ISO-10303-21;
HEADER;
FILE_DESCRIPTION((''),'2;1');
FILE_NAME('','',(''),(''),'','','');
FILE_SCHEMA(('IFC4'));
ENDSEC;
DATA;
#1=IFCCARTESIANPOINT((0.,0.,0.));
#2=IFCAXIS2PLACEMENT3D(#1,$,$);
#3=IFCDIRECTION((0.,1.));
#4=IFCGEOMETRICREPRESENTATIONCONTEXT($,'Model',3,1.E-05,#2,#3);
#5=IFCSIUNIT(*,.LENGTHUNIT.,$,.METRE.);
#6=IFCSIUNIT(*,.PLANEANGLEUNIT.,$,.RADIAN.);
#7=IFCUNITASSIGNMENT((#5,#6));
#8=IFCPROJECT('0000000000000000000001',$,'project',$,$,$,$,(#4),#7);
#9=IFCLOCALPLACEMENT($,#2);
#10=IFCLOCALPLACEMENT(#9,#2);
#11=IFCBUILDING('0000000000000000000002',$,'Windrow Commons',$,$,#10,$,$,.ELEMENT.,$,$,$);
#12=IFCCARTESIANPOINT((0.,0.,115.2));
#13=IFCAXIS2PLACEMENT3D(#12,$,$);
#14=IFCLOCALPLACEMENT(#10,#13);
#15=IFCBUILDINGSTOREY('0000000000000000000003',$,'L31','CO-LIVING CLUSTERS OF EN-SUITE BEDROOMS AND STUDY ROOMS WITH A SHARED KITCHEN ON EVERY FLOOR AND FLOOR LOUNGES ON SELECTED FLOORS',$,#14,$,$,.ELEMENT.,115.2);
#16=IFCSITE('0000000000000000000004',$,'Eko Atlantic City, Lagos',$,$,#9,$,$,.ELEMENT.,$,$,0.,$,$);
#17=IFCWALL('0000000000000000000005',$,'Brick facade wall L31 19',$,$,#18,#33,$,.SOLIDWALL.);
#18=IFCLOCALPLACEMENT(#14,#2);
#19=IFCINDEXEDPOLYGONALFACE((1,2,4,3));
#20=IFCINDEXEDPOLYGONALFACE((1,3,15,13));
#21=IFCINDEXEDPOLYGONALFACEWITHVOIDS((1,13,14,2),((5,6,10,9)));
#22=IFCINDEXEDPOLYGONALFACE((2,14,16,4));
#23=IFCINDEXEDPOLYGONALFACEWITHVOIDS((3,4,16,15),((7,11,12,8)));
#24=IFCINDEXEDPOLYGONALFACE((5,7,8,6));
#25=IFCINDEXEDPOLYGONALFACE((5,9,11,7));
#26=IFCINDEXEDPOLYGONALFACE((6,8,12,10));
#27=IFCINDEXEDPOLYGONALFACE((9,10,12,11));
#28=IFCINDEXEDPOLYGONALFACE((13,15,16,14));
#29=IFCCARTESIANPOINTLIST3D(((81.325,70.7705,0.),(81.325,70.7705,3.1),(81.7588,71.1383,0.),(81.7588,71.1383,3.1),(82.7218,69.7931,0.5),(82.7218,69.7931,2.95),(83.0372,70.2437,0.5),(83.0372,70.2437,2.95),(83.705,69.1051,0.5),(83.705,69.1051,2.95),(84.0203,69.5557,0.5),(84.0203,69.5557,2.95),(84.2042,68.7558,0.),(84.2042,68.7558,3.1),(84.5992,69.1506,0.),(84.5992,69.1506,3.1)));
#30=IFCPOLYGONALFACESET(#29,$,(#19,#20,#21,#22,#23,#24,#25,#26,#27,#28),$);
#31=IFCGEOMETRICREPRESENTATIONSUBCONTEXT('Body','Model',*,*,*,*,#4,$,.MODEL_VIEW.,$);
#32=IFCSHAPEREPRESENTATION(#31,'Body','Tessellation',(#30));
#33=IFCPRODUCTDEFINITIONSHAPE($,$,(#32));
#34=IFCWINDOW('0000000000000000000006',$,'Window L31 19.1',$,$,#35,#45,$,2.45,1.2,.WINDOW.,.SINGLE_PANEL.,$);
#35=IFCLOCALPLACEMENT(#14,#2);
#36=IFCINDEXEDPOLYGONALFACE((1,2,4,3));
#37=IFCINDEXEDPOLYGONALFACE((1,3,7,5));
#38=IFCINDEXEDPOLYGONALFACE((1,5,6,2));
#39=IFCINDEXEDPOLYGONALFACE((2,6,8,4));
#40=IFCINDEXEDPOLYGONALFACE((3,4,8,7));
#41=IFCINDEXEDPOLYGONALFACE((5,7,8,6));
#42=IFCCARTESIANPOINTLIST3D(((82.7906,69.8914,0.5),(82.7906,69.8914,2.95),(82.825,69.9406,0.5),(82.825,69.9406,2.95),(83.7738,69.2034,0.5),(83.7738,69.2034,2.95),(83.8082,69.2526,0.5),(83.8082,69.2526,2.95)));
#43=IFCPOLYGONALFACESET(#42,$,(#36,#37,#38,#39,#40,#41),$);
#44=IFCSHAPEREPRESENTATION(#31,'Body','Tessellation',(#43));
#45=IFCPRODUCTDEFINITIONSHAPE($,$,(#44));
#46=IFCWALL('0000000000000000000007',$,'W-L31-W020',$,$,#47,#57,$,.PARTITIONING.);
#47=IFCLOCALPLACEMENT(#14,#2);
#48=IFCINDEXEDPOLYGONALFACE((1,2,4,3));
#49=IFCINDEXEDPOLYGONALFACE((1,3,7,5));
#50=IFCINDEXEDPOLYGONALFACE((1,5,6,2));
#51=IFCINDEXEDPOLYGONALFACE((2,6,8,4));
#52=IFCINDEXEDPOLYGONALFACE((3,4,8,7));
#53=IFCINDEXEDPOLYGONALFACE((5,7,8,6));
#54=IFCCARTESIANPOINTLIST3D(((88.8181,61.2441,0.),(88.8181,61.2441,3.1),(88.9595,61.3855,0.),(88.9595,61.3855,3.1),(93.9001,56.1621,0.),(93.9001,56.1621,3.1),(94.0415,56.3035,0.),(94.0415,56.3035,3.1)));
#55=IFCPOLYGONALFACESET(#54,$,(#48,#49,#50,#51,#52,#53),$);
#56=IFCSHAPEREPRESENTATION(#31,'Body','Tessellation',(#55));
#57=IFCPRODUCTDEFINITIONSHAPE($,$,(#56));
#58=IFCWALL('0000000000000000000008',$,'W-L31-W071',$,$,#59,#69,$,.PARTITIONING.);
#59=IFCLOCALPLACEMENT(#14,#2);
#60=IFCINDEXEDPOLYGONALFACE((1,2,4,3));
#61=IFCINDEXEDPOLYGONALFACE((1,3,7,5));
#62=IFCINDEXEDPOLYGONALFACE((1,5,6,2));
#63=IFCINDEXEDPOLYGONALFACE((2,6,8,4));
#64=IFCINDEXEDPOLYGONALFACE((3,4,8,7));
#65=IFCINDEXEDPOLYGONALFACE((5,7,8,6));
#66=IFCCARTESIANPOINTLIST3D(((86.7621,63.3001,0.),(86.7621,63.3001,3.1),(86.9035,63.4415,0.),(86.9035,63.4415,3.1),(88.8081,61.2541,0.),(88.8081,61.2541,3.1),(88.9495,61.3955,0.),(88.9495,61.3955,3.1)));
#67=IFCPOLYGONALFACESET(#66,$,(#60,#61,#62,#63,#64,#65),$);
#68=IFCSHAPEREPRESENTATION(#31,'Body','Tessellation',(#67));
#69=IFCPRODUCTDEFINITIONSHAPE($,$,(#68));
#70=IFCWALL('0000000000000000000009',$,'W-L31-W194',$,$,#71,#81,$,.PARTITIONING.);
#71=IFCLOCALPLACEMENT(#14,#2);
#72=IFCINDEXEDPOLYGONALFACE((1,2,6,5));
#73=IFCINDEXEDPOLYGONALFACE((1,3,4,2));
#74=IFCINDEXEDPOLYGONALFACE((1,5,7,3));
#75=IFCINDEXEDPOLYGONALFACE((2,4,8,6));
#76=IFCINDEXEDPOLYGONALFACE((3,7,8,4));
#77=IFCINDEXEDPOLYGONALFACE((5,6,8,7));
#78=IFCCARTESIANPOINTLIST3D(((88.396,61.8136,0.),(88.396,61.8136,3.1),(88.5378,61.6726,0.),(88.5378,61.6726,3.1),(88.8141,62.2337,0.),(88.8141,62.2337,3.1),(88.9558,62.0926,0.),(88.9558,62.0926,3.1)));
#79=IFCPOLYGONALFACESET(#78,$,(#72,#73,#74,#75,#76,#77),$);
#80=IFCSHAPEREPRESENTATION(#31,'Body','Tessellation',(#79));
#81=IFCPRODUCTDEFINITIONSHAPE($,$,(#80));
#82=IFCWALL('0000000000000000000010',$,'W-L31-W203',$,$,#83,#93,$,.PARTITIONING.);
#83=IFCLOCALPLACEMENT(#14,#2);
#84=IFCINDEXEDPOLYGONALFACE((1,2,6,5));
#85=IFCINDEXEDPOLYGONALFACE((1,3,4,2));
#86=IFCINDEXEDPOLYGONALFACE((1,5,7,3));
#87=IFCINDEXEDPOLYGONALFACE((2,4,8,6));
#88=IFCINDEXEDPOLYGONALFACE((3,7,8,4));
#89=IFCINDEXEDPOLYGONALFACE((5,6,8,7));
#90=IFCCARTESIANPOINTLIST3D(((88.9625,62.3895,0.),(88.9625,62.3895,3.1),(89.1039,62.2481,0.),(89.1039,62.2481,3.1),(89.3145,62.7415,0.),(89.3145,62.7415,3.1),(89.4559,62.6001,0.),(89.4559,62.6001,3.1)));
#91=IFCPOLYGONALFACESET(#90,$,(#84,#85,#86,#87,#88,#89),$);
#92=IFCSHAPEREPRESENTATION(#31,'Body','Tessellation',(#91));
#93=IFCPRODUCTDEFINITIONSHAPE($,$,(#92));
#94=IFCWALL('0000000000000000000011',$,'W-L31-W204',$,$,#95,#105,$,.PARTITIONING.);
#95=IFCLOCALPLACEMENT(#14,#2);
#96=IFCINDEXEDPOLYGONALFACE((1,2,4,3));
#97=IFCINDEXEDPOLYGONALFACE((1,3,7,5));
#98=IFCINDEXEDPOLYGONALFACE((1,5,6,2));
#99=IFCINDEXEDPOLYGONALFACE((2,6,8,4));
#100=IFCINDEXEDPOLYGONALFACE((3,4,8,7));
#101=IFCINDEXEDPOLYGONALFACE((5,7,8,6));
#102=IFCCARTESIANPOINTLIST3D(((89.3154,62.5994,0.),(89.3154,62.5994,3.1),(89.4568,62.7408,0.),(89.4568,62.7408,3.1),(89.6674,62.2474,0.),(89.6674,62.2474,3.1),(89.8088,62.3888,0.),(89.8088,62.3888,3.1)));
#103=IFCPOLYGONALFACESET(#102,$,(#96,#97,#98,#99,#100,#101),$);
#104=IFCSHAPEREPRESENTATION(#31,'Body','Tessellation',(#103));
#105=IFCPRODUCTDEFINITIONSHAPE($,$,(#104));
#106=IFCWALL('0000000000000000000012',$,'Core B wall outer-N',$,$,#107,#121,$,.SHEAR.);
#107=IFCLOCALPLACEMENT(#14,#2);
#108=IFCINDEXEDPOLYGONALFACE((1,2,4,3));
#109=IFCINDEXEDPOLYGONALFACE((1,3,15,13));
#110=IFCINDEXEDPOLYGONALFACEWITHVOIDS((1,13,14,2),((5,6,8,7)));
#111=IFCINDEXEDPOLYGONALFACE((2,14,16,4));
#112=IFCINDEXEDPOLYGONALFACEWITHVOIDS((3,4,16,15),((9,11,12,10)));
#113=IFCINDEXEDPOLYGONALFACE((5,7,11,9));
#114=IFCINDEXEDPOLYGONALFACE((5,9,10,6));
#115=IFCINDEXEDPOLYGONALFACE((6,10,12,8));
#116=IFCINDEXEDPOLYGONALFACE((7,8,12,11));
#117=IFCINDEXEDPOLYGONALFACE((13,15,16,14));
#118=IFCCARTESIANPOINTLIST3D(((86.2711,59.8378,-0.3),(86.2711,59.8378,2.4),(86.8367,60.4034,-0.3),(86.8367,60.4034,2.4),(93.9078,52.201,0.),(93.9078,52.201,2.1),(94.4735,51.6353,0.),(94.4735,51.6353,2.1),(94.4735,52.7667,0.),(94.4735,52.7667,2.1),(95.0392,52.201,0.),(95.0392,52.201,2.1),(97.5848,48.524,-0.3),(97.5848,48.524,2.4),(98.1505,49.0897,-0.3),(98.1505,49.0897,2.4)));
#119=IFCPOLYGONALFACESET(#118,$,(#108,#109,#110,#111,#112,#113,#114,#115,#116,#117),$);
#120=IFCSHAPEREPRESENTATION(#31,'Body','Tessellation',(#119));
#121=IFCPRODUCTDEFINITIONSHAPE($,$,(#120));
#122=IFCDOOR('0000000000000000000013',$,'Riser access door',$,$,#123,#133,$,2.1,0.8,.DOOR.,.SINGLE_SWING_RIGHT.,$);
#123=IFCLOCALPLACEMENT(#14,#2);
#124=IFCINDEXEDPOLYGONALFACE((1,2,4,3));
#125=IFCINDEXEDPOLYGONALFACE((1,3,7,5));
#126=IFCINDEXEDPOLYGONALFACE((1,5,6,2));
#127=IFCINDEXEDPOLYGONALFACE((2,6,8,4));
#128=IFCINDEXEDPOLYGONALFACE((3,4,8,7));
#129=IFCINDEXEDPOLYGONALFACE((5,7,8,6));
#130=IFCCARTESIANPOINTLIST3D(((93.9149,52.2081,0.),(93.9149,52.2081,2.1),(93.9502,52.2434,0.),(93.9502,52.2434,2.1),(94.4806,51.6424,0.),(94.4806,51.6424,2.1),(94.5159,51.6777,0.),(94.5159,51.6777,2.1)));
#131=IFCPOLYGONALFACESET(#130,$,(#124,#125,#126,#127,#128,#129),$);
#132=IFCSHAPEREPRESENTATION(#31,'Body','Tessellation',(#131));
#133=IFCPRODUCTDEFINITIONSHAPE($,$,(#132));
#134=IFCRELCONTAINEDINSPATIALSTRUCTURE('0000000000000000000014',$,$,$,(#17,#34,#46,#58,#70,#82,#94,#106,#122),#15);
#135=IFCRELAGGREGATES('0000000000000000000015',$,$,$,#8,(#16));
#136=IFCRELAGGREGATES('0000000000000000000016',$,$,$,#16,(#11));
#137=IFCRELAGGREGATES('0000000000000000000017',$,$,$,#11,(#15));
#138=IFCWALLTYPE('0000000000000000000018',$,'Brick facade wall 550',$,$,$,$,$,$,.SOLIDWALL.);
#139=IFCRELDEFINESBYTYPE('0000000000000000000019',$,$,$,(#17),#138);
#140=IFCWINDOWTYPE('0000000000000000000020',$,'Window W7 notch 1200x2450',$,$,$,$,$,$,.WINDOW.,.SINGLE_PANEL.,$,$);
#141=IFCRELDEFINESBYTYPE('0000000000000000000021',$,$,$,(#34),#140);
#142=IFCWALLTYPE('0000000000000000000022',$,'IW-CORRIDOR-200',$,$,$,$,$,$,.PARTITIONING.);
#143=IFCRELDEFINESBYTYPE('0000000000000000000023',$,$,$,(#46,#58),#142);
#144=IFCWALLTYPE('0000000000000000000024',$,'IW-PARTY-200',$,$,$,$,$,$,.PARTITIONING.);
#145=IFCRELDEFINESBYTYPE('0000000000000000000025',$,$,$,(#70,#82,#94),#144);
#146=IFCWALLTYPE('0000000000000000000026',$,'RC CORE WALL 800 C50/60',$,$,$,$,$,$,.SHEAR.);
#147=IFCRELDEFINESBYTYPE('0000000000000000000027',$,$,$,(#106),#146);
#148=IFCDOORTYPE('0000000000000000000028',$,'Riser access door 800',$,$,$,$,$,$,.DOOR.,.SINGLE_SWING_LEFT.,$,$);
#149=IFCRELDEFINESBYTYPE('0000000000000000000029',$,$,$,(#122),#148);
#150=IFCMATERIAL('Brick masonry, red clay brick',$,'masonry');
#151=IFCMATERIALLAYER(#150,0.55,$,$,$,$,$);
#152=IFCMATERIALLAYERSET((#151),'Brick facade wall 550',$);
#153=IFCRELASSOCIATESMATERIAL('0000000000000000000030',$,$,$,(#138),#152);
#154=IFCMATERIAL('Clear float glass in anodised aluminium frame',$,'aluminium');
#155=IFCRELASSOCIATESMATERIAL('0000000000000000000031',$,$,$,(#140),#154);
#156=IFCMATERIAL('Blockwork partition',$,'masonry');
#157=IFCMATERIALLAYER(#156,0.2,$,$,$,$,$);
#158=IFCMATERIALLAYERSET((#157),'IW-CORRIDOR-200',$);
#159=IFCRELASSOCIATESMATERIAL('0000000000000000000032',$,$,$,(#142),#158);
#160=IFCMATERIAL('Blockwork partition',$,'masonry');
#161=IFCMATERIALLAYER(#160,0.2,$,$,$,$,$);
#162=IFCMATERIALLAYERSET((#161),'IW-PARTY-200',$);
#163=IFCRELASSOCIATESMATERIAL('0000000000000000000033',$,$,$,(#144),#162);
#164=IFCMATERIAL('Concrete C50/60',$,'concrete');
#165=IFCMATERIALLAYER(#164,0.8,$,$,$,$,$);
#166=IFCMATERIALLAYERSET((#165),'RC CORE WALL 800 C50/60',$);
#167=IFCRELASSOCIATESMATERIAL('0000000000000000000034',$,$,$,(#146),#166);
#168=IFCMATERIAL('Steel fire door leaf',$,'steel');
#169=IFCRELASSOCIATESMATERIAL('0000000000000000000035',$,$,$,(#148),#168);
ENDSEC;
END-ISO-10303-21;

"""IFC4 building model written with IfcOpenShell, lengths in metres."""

from ifc_helpers import new_model, si_unit, direction, frame, frame_2d, origin, place, context, subcontext, project, spatial, polyline, rectangle, outline, extrude, material, layer, layer_set, type_object, element, fill, save


model = new_model("IFC4")

# Units and contexts
model_context = context("Model", 3, precision=1e-05, world=origin(), true_north=direction((0.0, 1.0)))
body_context = subcontext(model_context, "Body", "Model", "MODEL_VIEW")
ifc_project = project(units=[si_unit("LENGTHUNIT", "METRE"), si_unit("PLANEANGLEUNIT", "RADIAN")], contexts=[model_context])

# Site, building, storey
site_placement = place(None, origin())
site = spatial("IfcSite", under=ifc_project, at=site_placement, Name="Eko Atlantic City, Lagos", CompositionType="ELEMENT", RefElevation=0.0)
building_placement = place(site_placement, origin())
building = spatial("IfcBuilding", under=site, at=building_placement, Name="Windrow Commons", CompositionType="ELEMENT")
storey_placement = place(building_placement, frame((0.0, 0.0, 115.2)))
storey = spatial("IfcBuildingStorey", under=building, at=storey_placement, Name="L31", Description="CO-LIVING CLUSTERS OF EN-SUITE BEDROOMS AND STUDY ROOMS WITH A SHARED KITCHEN ON EVERY FLOOR AND FLOOR LOUNGES ON SELECTED FLOORS", CompositionType="ELEMENT", Elevation=115.2)

# Shared definitions
ifc_material_1 = material(Name="Brick masonry, red clay brick", Category="masonry")
ifc_layer_1 = layer(ifc_material_1, 0.55)
ifc_layer_set_1 = layer_set([ifc_layer_1], Name="Brick facade wall 550")
wall_type_1 = type_object("IfcWallType", Name="Brick facade wall 550", PredefinedType="SOLIDWALL", material=ifc_layer_set_1)
ifc_material_2 = material(Name="Clear float glass in anodised aluminium frame", Category="aluminium")
window_type_1 = type_object("IfcWindowType", Name="Window W7 notch 1200x2450", PartitioningType="SINGLE_PANEL", PredefinedType="WINDOW", material=ifc_material_2)

# Wall, opening, window
wall_1_placement = place(storey_placement, frame((84.4017, 68.9532, 0.0), z_axis=(0.0, 0.0, 1.0), x_axis=(-0.819321, 0.573335, 0.0)))
wall_1 = element("IfcWall", 1, at=wall_1_placement, inside=storey, type_object=wall_type_1, Name="Brick facade wall L31 19", PredefinedType="SOLIDWALL", context=body_context, shape_type="SweptSolid", body=[
    extrude(outline(polyline([(-0.0486, -0.275), (3.4182, -0.275), (3.5627, 0.275), (0.0486, 0.275), (-0.0486, -0.275)])), origin(), (0.0, 0.0, 1.0), 3.1),
])
opening_1_placement = place(wall_1_placement, frame((0.6579, 0.0, 0.5)))
opening_1 = element("IfcOpeningElement", 2, at=opening_1_placement, cuts=wall_1, PredefinedType="OPENING", context=body_context, shape_type="SweptSolid", body=[
    extrude(rectangle(XDim=1.2, YDim=2.45, at=frame_2d((0.6, 1.225))), frame((0.0, 0.285, 0.0), z_axis=(0.0, -1.0, 0.0), x_axis=(1.0, 0.0, 0.0)), (0.0, 0.0, 1.0), 0.57),
])
window_1_placement = place(opening_1_placement, origin())
window_1 = element("IfcWindow", 3, at=window_1_placement, inside=storey, type_object=window_type_1, Name="Window L31 19.1", OverallHeight=2.45, OverallWidth=1.2, PartitioningType="SINGLE_PANEL", PredefinedType="WINDOW", context=body_context, shape_type="SweptSolid", body=[
    extrude(rectangle(XDim=1.2, YDim=2.45, at=frame_2d((0.6, 1.225))), frame((0.0, 0.155, 0.0), z_axis=(0.0, -1.0, 0.0), x_axis=(1.0, 0.0, 0.0)), (0.0, 0.0, 1.0), 0.06),
])
fill(opening_1, window_1)

# Walls
ifc_material_3 = material(Name="Blockwork partition", Category="masonry")
ifc_layer_2 = layer(ifc_material_3, 0.2)
ifc_layer_set_2 = layer_set([ifc_layer_2], Name="IW-CORRIDOR-200")
wall_type_2 = type_object("IfcWallType", Name="IW-CORRIDOR-200", PredefinedType="PARTITIONING", material=ifc_layer_set_2)
wall_2_placement = place(storey_placement, frame((88.8888, 61.3148, 0.0), z_axis=(0.0, 0.0, 1.0), x_axis=(0.707107, -0.707107, 0.0)))
element("IfcWall", 4, at=wall_2_placement, inside=storey, type_object=wall_type_2, Name="W-L31-W020", PredefinedType="PARTITIONING", context=body_context, shape_type="SweptSolid", body=[
    extrude(rectangle(XDim=7.187, YDim=0.2, at=frame_2d((3.5935, 0.0))), origin(), (0.0, 0.0, 1.0), 3.1),
])
wall_3_placement = place(storey_placement, frame((86.8328, 63.3708, 0.0), z_axis=(0.0, 0.0, 1.0), x_axis=(0.707107, -0.707107, 0.0)))
element("IfcWall", 5, at=wall_3_placement, inside=storey, type_object=wall_type_2, Name="W-L31-W071", PredefinedType="PARTITIONING", context=body_context, shape_type="SweptSolid", body=[
    extrude(rectangle(XDim=2.8935, YDim=0.2, at=frame_2d((1.4467, 0.0))), origin(), (0.0, 0.0, 1.0), 3.1),
])
ifc_material_4 = material(Name="Blockwork partition", Category="masonry")
ifc_layer_3 = layer(ifc_material_4, 0.2)
ifc_layer_set_3 = layer_set([ifc_layer_3], Name="IW-PARTY-200")
wall_type_3 = type_object("IfcWallType", Name="IW-PARTY-200", PredefinedType="PARTITIONING", material=ifc_layer_set_3)
wall_4_placement = place(storey_placement, frame((88.4669, 61.7431, 0.0), z_axis=(0.0, 0.0, 1.0), x_axis=(0.705417, 0.708792, 0.0)))
element("IfcWall", 6, at=wall_4_placement, inside=storey, type_object=wall_type_3, Name="W-L31-W194", PredefinedType="PARTITIONING", context=body_context, shape_type="SweptSolid", body=[
    extrude(rectangle(XDim=0.5926, YDim=0.2, at=frame_2d((0.2963, 0.0))), origin(), (0.0, 0.0, 1.0), 3.1),
])
for number, where, z_axis, x_axis, name in (
    (7, (89.0332, 62.3188, 0.0), (0.0, 0.0, 1.0), (0.707107, 0.707107, 0.0), "W-L31-W203"),
    (8, (89.3861, 62.6701, 0.0), (0.0, 0.0, 1.0), (0.707107, -0.707107, 0.0), "W-L31-W204"),
):
    element("IfcWall", number, at=place(storey_placement, frame(where, z_axis=z_axis, x_axis=x_axis)), inside=storey, type_object=wall_type_3, Name=name, PredefinedType="PARTITIONING", context=body_context, shape_type="SweptSolid", body=[
        extrude(rectangle(XDim=0.4978, YDim=0.2, at=frame_2d((0.2489, 0.0))), origin(), (0.0, 0.0, 1.0), 3.1),
    ])

# Wall, opening, door
ifc_material_5 = material(Name="Concrete C50/60", Category="concrete")
ifc_layer_4 = layer(ifc_material_5, 0.8)
ifc_layer_set_4 = layer_set([ifc_layer_4], Name="RC CORE WALL 800 C50/60")
wall_type_4 = type_object("IfcWallType", Name="RC CORE WALL 800 C50/60", PredefinedType="SHEAR", material=ifc_layer_set_4)
wall_5_placement = place(storey_placement, frame((86.5539, 60.1206, -0.3), z_axis=(0.0, 0.0, 1.0), x_axis=(0.707107, -0.707107, 0.0)))
wall_5 = element("IfcWall", 9, at=wall_5_placement, inside=storey, type_object=wall_type_4, Name="Core B wall outer-N", PredefinedType="SHEAR", context=body_context, shape_type="SweptSolid", body=[
    extrude(rectangle(XDim=16.0, YDim=0.8, at=frame_2d((8.0, 0.0))), origin(), (0.0, 0.0, 1.0), 2.7),
])
opening_2_placement = place(wall_5_placement, frame((10.8, 0.0, 0.3)))
opening_2 = element("IfcOpeningElement", 10, at=opening_2_placement, cuts=wall_5, PredefinedType="OPENING", context=body_context, shape_type="SweptSolid", body=[
    extrude(rectangle(XDim=0.8, YDim=2.1, at=frame_2d((0.4, 1.05))), frame((0.0, 0.41, 0.0), z_axis=(0.0, -1.0, 0.0), x_axis=(1.0, 0.0, 0.0)), (0.0, 0.0, 1.0), 0.82),
])
ifc_material_6 = material(Name="Steel fire door leaf", Category="steel")
door_type = type_object("IfcDoorType", Name="Riser access door 800", OperationType="SINGLE_SWING_LEFT", PredefinedType="DOOR", material=ifc_material_6)
door_placement = place(opening_2_placement, origin())
door = element("IfcDoor", 11, at=door_placement, inside=storey, type_object=door_type, Name="Riser access door", OperationType="SINGLE_SWING_RIGHT", OverallHeight=2.1, OverallWidth=0.8, PredefinedType="DOOR", context=body_context, shape_type="SweptSolid", body=[
    extrude(rectangle(XDim=0.8, YDim=2.1, at=frame_2d((0.4, 1.05))), frame((0.0, -0.34, 0.0), z_axis=(0.0, -1.0, 0.0), x_axis=(1.0, 0.0, 0.0)), (0.0, 0.0, 1.0), 0.05),
])
fill(opening_2, door)

save(model, "model.ifc")
